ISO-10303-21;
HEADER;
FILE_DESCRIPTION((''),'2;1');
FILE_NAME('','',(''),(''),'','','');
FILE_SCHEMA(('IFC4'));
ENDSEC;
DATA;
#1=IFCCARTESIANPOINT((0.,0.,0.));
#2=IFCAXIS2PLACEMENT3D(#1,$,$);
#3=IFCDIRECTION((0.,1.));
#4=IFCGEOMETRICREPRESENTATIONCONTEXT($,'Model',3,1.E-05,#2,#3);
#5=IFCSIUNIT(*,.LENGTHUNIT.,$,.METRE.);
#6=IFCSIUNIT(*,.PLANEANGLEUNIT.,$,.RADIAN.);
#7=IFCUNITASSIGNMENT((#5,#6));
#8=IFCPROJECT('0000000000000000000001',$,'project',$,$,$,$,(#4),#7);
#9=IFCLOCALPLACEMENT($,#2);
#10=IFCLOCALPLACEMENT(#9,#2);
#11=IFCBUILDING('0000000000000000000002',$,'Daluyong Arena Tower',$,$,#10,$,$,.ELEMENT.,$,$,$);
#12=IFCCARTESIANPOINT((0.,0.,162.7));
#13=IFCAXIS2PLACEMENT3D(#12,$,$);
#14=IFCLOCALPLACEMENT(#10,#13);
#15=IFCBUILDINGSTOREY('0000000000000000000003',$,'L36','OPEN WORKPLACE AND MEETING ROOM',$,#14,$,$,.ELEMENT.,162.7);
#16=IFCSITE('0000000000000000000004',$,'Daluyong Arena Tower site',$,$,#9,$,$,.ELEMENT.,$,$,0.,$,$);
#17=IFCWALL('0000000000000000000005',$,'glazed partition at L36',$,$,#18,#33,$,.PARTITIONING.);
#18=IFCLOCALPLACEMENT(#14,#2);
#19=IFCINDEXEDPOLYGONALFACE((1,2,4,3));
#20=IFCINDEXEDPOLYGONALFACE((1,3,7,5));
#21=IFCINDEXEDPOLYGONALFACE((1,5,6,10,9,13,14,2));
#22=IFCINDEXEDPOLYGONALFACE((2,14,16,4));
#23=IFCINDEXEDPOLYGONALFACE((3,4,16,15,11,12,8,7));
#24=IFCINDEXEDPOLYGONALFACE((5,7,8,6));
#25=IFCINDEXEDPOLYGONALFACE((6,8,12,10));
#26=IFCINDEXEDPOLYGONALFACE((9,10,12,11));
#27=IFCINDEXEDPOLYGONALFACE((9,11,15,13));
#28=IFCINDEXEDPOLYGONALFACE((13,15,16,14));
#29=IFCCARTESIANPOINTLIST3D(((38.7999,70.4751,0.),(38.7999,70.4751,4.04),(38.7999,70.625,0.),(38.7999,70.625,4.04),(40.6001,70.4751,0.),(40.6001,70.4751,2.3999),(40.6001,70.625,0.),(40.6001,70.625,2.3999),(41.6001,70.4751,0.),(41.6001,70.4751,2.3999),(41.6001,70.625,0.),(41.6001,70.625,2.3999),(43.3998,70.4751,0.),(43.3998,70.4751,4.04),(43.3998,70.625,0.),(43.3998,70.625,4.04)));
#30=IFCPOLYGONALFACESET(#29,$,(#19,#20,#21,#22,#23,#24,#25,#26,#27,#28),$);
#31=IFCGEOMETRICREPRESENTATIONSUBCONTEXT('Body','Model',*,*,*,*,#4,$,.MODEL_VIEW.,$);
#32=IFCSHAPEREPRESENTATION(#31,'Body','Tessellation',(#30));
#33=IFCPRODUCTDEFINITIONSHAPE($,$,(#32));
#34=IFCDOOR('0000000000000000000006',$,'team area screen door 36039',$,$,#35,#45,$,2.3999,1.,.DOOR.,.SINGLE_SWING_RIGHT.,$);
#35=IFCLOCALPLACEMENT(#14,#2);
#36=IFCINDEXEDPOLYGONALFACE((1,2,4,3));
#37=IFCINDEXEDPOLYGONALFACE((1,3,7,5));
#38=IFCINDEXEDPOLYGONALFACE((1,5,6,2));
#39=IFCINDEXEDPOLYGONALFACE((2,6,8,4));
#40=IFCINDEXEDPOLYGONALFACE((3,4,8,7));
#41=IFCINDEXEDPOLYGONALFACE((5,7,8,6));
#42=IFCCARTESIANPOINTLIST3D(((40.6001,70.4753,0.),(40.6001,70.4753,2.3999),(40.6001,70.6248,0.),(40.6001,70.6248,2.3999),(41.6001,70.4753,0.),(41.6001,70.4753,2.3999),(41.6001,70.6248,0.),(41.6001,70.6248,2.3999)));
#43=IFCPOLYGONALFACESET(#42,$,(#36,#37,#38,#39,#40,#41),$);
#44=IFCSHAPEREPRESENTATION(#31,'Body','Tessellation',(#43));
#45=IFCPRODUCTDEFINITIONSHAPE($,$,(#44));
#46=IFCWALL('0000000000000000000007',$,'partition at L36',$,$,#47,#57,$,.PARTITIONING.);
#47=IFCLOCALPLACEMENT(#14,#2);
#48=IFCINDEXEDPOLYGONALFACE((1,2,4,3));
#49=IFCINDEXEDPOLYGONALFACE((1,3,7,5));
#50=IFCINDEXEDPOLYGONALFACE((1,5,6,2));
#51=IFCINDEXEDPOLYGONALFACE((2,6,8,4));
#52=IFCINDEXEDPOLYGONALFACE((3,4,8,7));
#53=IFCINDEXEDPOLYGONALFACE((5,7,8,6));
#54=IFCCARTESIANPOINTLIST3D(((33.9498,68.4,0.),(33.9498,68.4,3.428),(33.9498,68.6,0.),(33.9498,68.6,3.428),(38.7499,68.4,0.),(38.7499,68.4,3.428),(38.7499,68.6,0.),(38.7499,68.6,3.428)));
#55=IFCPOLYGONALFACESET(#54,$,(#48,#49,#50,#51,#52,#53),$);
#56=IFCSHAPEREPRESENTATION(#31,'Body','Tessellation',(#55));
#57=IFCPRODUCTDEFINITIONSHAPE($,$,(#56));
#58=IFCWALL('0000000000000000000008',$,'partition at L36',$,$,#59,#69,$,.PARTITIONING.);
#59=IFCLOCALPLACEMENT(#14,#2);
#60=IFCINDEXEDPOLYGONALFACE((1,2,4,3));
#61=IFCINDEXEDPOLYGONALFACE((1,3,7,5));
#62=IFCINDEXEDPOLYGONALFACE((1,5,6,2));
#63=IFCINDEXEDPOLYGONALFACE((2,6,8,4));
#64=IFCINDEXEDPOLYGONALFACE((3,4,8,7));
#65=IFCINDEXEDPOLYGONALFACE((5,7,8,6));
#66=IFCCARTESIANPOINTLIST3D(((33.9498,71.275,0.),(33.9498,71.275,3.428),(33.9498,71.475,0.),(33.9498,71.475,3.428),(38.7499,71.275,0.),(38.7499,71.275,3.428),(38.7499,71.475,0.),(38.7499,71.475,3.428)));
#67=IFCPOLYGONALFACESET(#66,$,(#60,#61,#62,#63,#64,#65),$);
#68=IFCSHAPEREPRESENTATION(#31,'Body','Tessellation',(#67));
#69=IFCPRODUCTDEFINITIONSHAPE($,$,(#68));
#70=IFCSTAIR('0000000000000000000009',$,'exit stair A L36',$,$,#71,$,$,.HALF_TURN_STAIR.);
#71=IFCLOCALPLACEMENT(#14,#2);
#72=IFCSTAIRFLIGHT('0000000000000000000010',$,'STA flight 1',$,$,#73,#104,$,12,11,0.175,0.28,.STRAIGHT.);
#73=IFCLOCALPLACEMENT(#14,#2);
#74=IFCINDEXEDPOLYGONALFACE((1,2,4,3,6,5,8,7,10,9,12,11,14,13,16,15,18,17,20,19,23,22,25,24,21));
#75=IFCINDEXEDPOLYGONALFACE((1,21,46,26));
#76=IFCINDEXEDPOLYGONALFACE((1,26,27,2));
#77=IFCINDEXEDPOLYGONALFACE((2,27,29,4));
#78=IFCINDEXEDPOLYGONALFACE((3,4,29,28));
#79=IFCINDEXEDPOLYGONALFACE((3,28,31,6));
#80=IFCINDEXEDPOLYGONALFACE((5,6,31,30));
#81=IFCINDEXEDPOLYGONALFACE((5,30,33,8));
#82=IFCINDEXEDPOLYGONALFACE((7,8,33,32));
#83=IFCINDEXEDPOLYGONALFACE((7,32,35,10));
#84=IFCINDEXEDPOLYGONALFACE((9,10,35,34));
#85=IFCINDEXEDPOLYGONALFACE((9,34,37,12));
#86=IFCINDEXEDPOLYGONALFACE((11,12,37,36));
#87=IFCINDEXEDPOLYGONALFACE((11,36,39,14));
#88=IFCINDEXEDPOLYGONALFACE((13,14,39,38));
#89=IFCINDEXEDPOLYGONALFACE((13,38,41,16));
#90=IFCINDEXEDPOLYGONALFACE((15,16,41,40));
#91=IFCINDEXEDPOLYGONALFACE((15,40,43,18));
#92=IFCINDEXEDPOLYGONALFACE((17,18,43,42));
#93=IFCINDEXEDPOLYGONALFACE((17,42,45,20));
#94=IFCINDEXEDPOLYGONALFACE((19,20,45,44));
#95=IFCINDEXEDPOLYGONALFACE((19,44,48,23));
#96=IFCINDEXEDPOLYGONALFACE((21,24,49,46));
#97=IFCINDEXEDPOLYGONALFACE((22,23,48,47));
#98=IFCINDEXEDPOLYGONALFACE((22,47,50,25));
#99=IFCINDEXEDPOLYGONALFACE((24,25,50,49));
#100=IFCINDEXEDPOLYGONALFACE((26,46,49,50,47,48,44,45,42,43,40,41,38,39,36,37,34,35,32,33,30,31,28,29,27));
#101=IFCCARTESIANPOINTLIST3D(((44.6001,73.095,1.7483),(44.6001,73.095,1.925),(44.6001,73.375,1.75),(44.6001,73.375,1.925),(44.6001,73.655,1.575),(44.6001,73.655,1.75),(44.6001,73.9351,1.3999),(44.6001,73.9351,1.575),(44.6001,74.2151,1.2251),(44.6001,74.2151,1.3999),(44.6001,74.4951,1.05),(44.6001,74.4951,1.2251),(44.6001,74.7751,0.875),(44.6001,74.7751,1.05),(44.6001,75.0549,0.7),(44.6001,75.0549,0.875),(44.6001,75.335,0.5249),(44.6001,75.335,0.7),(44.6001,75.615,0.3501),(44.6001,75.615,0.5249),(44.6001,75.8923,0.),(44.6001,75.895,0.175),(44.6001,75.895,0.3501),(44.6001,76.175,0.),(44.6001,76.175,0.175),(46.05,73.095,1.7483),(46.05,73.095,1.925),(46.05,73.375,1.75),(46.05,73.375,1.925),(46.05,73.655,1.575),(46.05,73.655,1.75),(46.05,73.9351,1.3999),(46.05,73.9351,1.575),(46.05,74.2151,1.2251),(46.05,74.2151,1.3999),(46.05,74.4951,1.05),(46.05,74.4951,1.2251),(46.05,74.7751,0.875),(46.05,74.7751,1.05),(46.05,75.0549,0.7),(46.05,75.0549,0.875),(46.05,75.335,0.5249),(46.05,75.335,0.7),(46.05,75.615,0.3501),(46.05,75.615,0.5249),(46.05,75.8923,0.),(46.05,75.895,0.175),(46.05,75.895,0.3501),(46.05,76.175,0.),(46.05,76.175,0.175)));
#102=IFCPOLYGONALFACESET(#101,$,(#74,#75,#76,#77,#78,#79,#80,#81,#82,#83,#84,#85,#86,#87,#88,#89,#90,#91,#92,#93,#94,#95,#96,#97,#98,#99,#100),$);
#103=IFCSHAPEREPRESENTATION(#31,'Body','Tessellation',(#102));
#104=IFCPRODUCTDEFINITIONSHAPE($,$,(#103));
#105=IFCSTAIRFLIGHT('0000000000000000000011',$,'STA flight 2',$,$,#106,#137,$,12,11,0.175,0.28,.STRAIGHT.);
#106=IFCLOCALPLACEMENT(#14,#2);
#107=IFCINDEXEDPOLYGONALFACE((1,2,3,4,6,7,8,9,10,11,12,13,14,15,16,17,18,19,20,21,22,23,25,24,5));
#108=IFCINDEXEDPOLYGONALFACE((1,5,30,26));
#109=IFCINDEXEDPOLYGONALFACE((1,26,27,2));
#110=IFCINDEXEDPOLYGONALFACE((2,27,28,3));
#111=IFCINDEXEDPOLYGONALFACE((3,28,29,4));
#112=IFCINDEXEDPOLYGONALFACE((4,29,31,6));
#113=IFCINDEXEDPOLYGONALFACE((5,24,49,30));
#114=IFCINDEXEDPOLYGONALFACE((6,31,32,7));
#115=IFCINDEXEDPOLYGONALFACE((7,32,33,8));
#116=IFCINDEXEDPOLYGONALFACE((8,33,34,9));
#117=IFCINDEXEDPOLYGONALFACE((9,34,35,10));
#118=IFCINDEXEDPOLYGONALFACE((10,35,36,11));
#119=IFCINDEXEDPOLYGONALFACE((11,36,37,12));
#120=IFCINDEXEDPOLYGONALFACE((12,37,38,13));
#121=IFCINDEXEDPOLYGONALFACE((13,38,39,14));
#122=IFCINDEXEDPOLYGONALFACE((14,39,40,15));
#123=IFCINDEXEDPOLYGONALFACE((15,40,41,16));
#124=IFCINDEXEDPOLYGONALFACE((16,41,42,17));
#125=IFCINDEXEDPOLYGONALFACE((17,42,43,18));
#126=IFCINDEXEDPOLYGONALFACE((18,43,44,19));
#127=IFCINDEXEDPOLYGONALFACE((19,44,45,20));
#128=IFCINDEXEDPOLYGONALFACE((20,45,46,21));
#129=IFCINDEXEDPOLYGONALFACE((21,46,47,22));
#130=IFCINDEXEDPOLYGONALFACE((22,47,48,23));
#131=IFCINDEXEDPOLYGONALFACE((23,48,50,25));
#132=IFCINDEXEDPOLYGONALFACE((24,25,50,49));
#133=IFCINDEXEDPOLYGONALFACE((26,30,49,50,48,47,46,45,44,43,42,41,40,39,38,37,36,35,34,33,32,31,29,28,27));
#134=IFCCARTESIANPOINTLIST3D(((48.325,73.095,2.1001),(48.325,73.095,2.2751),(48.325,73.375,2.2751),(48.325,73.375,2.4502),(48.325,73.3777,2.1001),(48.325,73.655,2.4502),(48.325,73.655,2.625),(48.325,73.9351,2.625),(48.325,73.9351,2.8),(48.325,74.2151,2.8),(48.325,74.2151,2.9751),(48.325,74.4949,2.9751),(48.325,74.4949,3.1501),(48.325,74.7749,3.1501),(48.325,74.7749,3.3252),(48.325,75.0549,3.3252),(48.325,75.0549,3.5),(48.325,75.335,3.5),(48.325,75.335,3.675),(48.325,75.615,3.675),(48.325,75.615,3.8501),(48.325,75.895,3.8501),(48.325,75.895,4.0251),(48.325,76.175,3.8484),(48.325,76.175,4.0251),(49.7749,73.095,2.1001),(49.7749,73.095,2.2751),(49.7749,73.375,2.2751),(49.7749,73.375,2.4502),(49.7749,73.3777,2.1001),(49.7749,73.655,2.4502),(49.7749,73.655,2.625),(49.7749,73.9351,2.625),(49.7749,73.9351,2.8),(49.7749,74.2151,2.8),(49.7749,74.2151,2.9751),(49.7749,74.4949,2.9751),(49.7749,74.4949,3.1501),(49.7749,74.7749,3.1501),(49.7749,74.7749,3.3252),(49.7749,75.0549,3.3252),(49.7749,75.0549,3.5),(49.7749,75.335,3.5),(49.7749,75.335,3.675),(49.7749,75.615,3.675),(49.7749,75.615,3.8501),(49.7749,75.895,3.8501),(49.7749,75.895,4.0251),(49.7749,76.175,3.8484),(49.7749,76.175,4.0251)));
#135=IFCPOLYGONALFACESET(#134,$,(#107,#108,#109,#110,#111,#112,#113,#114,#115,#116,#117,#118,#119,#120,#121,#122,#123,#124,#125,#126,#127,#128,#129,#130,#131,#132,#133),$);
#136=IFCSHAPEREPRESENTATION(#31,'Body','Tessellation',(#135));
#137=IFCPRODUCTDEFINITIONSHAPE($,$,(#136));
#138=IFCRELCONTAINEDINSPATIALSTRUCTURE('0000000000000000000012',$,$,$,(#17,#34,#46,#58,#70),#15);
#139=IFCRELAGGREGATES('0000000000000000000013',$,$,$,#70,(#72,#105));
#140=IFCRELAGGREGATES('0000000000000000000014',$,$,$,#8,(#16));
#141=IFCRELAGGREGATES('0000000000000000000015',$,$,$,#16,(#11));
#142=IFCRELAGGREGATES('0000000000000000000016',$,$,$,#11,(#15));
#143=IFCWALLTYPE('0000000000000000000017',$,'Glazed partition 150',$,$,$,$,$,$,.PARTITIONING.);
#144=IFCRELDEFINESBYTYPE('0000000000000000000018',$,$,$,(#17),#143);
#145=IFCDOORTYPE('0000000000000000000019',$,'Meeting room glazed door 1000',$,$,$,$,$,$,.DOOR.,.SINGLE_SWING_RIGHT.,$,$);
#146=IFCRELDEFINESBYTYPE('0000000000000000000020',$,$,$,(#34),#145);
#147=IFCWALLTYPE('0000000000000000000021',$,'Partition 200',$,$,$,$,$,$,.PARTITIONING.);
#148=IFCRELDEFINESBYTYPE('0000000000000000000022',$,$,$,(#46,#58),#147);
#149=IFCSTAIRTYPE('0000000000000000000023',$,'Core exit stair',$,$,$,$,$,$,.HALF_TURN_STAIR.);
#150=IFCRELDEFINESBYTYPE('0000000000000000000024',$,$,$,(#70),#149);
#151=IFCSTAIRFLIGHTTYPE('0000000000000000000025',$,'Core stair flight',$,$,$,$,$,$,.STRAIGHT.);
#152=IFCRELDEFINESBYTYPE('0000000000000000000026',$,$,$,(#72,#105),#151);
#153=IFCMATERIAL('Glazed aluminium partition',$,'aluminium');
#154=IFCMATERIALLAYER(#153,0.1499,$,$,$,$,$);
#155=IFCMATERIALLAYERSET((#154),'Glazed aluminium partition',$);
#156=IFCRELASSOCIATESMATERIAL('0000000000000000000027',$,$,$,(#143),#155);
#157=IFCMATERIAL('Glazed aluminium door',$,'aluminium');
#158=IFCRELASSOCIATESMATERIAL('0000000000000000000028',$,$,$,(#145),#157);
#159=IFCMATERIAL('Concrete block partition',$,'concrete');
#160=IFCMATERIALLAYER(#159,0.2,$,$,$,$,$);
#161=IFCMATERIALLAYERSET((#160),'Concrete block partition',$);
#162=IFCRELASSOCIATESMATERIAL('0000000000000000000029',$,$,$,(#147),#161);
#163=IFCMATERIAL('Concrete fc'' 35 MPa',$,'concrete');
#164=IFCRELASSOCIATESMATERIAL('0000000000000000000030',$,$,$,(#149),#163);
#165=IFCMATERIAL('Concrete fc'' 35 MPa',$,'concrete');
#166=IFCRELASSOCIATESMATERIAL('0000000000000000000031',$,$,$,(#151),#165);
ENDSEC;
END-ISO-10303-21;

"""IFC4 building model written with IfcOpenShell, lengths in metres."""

from ifc_helpers import new_model, si_unit, direction, frame, frame_2d, origin, place, context, subcontext, project, spatial, polyline, rectangle, outline, extrude, material, layer, layer_set, type_object, element, fill, aggregate, save


model = new_model("IFC4")

# Units and contexts
model_context = context("Model", 3, precision=1e-05, world=origin(), true_north=direction((0.0, 1.0)))
body_context = subcontext(model_context, "Body", "Model", "MODEL_VIEW")
ifc_project = project(units=[si_unit("LENGTHUNIT", "METRE"), si_unit("PLANEANGLEUNIT", "RADIAN")], contexts=[model_context])

# Site, building, storey
site_placement = place(None, origin())
site = spatial("IfcSite", under=ifc_project, at=site_placement, Name="Daluyong Arena Tower site", CompositionType="ELEMENT", RefElevation=0.0)
building_placement = place(site_placement, origin())
building = spatial("IfcBuilding", under=site, at=building_placement, Name="Daluyong Arena Tower", CompositionType="ELEMENT")
storey_placement = place(building_placement, frame((0.0, 0.0, 162.7)))
storey = spatial("IfcBuildingStorey", under=building, at=storey_placement, Name="L36", Description="OPEN WORKPLACE AND MEETING ROOM", CompositionType="ELEMENT", Elevation=162.7)

# Wall, opening, door
ifc_material_1 = material(Name="Glazed aluminium partition", Category="aluminium")
ifc_layer_1 = layer(ifc_material_1, 0.1499)
ifc_layer_set_1 = layer_set([ifc_layer_1], Name="Glazed aluminium partition")
wall_type_1 = type_object("IfcWallType", Name="Glazed partition 150", PredefinedType="PARTITIONING", material=ifc_layer_set_1)
wall_1_placement = place(storey_placement, frame((38.8, 70.55, 0.0), z_axis=(0.0, 0.0, 1.0), x_axis=(1.0, 0.0, 0.0)))
wall_1 = element("IfcWall", 1, at=wall_1_placement, inside=storey, type_object=wall_type_1, Name="glazed partition at L36", PredefinedType="PARTITIONING", context=body_context, shape_type="SweptSolid", body=[
    extrude(rectangle(XDim=4.5999, YDim=0.1499, at=frame_2d((2.2998, 0.0))), origin(), (0.0, 0.0, 1.0), 4.04),
])
opening_1_placement = place(wall_1_placement, frame((1.8, 0.0, 0.0)))
opening_1 = element("IfcOpeningElement", 2, at=opening_1_placement, cuts=wall_1, PredefinedType="OPENING", context=body_context, shape_type="SweptSolid", body=[
    extrude(rectangle(XDim=1.0, YDim=2.3999, at=frame_2d((0.5, 1.2))), frame((0.0, 0.085, 0.0), z_axis=(0.0, -1.0, 0.0), x_axis=(1.0, 0.0, 0.0)), (0.0, 0.0, 1.0), 0.1699),
])
ifc_material_2 = material(Name="Glazed aluminium door", Category="aluminium")
door_type_1 = type_object("IfcDoorType", Name="Meeting room glazed door 1000", OperationType="SINGLE_SWING_RIGHT", PredefinedType="DOOR", material=ifc_material_2)
door_1_placement = place(opening_1_placement, origin())
door_1 = element("IfcDoor", 3, at=door_1_placement, inside=storey, type_object=door_type_1, Name="team area screen door 36039", OperationType="SINGLE_SWING_RIGHT", OverallHeight=2.3999, OverallWidth=1.0, PredefinedType="DOOR", context=body_context, shape_type="SweptSolid", body=[
    extrude(rectangle(XDim=1.0, YDim=2.3999, at=frame_2d((0.5, 1.2))), frame((0.0, 0.0747, 0.0), z_axis=(0.0, -1.0, 0.0), x_axis=(1.0, 0.0, 0.0)), (0.0, 0.0, 1.0), 0.1494),
])
fill(opening_1, door_1)

# Walls
ifc_material_3 = material(Name="Concrete block partition", Category="concrete")
ifc_layer_2 = layer(ifc_material_3, 0.2)
ifc_layer_set_2 = layer_set([ifc_layer_2], Name="Concrete block partition")
wall_type_2 = type_object("IfcWallType", Name="Partition 200", PredefinedType="PARTITIONING", material=ifc_layer_set_2)
for number, where, z_axis, x_axis, name in (
    (4, (33.95, 68.5, 0.0), (0.0, 0.0, 1.0), (1.0, 0.0, 0.0), "partition at L36"),
    (5, (33.95, 71.375, 0.0), (0.0, 0.0, 1.0), (1.0, 0.0, 0.0), "partition at L36"),
):
    element("IfcWall", number, at=place(storey_placement, frame(where, z_axis=z_axis, x_axis=x_axis)), inside=storey, type_object=wall_type_2, Name=name, PredefinedType="PARTITIONING", context=body_context, shape_type="SweptSolid", body=[
        extrude(rectangle(XDim=4.8, YDim=0.2, at=frame_2d((2.3999, 0.0))), origin(), (0.0, 0.0, 1.0), 3.428),
    ])

# Stair, stair flights
ifc_material_4 = material(Name="Concrete fc' 35 MPa", Category="concrete")
stair_type = type_object("IfcStairType", Name="Core exit stair", PredefinedType="HALF_TURN_STAIR", material=ifc_material_4)
stair_placement = place(storey_placement, origin())
stair = element("IfcStair", 6, at=stair_placement, inside=storey, type_object=stair_type, Name="exit stair A L36", PredefinedType="HALF_TURN_STAIR")
ifc_material_5 = material(Name="Concrete fc' 35 MPa", Category="concrete")
stair_flight_type = type_object("IfcStairFlightType", Name="Core stair flight", PredefinedType="STRAIGHT", material=ifc_material_5)
stair_flight_1_placement = place(storey_placement, frame((45.325, 76.175, 0.0), z_axis=(0.0, 0.0, 1.0), x_axis=(0.0, -1.0, 0.0)))
stair_flight_1 = element("IfcStairFlight", 7, at=stair_flight_1_placement, type_object=stair_flight_type, Name="STA flight 1", NumberOfRisers=12, NumberOfTreads=11, PredefinedType="STRAIGHT", RiserHeight=0.175, TreadLength=0.28, context=body_context, shape_type="SweptSolid", body=[
    extrude(outline(polyline([(0.0, 0.0), (0.0, 0.175), (0.28, 0.175), (0.28, 0.3501), (0.5601, 0.3501), (0.5601, 0.5249), (0.8401, 0.5249), (0.8401, 0.7), (1.1201, 0.7), (1.1201, 0.875), (1.3999, 0.875), (1.3999, 1.05), (1.6799, 1.05), (1.6799, 1.2251), (1.96, 1.2251), (1.96, 1.3999), (2.24, 1.3999), (2.24, 1.575), (2.52, 1.575), (2.52, 1.75), (2.8, 1.75), (2.8, 1.925), (3.0801, 1.925), (3.0801, 2.1001), (3.0801, 1.7483), (0.2827, 0.0), (0.0, 0.0)])), frame((0.0, 0.7251, 0.0), z_axis=(0.0, -1.0, 0.0), x_axis=(1.0, 0.0, 0.0)), (0.0, 0.0, 1.0), 1.45),
])
stair_flight_2_placement = place(storey_placement, frame((49.05, 73.095, 2.1001), z_axis=(0.0, 0.0, 1.0), x_axis=(0.0, 1.0, 0.0)))
stair_flight_2 = element("IfcStairFlight", 8, at=stair_flight_2_placement, type_object=stair_flight_type, Name="STA flight 2", NumberOfRisers=12, NumberOfTreads=11, PredefinedType="STRAIGHT", RiserHeight=0.175, TreadLength=0.28, context=body_context, shape_type="SweptSolid", body=[
    extrude(outline(polyline([(0.0, 0.0), (0.0, 0.175), (0.28, 0.175), (0.28, 0.3501), (0.5601, 0.3501), (0.5601, 0.5249), (0.8401, 0.5249), (0.8401, 0.7), (1.1201, 0.7), (1.1201, 0.875), (1.3999, 0.875), (1.3999, 1.05), (1.6799, 1.05), (1.6799, 1.2251), (1.96, 1.2251), (1.96, 1.3999), (2.24, 1.3999), (2.24, 1.575), (2.52, 1.575), (2.52, 1.75), (2.8, 1.75), (2.8, 1.925), (3.0801, 1.925), (3.0801, 2.1001), (3.0801, 1.7483), (0.2827, 0.0), (0.0, 0.0)])), frame((0.0, 0.7251, 0.0), z_axis=(0.0, -1.0, 0.0), x_axis=(1.0, 0.0, 0.0)), (0.0, 0.0, 1.0), 1.45),
])
aggregate(stair, [stair_flight_1, stair_flight_2])

save(model, "model.ifc")
